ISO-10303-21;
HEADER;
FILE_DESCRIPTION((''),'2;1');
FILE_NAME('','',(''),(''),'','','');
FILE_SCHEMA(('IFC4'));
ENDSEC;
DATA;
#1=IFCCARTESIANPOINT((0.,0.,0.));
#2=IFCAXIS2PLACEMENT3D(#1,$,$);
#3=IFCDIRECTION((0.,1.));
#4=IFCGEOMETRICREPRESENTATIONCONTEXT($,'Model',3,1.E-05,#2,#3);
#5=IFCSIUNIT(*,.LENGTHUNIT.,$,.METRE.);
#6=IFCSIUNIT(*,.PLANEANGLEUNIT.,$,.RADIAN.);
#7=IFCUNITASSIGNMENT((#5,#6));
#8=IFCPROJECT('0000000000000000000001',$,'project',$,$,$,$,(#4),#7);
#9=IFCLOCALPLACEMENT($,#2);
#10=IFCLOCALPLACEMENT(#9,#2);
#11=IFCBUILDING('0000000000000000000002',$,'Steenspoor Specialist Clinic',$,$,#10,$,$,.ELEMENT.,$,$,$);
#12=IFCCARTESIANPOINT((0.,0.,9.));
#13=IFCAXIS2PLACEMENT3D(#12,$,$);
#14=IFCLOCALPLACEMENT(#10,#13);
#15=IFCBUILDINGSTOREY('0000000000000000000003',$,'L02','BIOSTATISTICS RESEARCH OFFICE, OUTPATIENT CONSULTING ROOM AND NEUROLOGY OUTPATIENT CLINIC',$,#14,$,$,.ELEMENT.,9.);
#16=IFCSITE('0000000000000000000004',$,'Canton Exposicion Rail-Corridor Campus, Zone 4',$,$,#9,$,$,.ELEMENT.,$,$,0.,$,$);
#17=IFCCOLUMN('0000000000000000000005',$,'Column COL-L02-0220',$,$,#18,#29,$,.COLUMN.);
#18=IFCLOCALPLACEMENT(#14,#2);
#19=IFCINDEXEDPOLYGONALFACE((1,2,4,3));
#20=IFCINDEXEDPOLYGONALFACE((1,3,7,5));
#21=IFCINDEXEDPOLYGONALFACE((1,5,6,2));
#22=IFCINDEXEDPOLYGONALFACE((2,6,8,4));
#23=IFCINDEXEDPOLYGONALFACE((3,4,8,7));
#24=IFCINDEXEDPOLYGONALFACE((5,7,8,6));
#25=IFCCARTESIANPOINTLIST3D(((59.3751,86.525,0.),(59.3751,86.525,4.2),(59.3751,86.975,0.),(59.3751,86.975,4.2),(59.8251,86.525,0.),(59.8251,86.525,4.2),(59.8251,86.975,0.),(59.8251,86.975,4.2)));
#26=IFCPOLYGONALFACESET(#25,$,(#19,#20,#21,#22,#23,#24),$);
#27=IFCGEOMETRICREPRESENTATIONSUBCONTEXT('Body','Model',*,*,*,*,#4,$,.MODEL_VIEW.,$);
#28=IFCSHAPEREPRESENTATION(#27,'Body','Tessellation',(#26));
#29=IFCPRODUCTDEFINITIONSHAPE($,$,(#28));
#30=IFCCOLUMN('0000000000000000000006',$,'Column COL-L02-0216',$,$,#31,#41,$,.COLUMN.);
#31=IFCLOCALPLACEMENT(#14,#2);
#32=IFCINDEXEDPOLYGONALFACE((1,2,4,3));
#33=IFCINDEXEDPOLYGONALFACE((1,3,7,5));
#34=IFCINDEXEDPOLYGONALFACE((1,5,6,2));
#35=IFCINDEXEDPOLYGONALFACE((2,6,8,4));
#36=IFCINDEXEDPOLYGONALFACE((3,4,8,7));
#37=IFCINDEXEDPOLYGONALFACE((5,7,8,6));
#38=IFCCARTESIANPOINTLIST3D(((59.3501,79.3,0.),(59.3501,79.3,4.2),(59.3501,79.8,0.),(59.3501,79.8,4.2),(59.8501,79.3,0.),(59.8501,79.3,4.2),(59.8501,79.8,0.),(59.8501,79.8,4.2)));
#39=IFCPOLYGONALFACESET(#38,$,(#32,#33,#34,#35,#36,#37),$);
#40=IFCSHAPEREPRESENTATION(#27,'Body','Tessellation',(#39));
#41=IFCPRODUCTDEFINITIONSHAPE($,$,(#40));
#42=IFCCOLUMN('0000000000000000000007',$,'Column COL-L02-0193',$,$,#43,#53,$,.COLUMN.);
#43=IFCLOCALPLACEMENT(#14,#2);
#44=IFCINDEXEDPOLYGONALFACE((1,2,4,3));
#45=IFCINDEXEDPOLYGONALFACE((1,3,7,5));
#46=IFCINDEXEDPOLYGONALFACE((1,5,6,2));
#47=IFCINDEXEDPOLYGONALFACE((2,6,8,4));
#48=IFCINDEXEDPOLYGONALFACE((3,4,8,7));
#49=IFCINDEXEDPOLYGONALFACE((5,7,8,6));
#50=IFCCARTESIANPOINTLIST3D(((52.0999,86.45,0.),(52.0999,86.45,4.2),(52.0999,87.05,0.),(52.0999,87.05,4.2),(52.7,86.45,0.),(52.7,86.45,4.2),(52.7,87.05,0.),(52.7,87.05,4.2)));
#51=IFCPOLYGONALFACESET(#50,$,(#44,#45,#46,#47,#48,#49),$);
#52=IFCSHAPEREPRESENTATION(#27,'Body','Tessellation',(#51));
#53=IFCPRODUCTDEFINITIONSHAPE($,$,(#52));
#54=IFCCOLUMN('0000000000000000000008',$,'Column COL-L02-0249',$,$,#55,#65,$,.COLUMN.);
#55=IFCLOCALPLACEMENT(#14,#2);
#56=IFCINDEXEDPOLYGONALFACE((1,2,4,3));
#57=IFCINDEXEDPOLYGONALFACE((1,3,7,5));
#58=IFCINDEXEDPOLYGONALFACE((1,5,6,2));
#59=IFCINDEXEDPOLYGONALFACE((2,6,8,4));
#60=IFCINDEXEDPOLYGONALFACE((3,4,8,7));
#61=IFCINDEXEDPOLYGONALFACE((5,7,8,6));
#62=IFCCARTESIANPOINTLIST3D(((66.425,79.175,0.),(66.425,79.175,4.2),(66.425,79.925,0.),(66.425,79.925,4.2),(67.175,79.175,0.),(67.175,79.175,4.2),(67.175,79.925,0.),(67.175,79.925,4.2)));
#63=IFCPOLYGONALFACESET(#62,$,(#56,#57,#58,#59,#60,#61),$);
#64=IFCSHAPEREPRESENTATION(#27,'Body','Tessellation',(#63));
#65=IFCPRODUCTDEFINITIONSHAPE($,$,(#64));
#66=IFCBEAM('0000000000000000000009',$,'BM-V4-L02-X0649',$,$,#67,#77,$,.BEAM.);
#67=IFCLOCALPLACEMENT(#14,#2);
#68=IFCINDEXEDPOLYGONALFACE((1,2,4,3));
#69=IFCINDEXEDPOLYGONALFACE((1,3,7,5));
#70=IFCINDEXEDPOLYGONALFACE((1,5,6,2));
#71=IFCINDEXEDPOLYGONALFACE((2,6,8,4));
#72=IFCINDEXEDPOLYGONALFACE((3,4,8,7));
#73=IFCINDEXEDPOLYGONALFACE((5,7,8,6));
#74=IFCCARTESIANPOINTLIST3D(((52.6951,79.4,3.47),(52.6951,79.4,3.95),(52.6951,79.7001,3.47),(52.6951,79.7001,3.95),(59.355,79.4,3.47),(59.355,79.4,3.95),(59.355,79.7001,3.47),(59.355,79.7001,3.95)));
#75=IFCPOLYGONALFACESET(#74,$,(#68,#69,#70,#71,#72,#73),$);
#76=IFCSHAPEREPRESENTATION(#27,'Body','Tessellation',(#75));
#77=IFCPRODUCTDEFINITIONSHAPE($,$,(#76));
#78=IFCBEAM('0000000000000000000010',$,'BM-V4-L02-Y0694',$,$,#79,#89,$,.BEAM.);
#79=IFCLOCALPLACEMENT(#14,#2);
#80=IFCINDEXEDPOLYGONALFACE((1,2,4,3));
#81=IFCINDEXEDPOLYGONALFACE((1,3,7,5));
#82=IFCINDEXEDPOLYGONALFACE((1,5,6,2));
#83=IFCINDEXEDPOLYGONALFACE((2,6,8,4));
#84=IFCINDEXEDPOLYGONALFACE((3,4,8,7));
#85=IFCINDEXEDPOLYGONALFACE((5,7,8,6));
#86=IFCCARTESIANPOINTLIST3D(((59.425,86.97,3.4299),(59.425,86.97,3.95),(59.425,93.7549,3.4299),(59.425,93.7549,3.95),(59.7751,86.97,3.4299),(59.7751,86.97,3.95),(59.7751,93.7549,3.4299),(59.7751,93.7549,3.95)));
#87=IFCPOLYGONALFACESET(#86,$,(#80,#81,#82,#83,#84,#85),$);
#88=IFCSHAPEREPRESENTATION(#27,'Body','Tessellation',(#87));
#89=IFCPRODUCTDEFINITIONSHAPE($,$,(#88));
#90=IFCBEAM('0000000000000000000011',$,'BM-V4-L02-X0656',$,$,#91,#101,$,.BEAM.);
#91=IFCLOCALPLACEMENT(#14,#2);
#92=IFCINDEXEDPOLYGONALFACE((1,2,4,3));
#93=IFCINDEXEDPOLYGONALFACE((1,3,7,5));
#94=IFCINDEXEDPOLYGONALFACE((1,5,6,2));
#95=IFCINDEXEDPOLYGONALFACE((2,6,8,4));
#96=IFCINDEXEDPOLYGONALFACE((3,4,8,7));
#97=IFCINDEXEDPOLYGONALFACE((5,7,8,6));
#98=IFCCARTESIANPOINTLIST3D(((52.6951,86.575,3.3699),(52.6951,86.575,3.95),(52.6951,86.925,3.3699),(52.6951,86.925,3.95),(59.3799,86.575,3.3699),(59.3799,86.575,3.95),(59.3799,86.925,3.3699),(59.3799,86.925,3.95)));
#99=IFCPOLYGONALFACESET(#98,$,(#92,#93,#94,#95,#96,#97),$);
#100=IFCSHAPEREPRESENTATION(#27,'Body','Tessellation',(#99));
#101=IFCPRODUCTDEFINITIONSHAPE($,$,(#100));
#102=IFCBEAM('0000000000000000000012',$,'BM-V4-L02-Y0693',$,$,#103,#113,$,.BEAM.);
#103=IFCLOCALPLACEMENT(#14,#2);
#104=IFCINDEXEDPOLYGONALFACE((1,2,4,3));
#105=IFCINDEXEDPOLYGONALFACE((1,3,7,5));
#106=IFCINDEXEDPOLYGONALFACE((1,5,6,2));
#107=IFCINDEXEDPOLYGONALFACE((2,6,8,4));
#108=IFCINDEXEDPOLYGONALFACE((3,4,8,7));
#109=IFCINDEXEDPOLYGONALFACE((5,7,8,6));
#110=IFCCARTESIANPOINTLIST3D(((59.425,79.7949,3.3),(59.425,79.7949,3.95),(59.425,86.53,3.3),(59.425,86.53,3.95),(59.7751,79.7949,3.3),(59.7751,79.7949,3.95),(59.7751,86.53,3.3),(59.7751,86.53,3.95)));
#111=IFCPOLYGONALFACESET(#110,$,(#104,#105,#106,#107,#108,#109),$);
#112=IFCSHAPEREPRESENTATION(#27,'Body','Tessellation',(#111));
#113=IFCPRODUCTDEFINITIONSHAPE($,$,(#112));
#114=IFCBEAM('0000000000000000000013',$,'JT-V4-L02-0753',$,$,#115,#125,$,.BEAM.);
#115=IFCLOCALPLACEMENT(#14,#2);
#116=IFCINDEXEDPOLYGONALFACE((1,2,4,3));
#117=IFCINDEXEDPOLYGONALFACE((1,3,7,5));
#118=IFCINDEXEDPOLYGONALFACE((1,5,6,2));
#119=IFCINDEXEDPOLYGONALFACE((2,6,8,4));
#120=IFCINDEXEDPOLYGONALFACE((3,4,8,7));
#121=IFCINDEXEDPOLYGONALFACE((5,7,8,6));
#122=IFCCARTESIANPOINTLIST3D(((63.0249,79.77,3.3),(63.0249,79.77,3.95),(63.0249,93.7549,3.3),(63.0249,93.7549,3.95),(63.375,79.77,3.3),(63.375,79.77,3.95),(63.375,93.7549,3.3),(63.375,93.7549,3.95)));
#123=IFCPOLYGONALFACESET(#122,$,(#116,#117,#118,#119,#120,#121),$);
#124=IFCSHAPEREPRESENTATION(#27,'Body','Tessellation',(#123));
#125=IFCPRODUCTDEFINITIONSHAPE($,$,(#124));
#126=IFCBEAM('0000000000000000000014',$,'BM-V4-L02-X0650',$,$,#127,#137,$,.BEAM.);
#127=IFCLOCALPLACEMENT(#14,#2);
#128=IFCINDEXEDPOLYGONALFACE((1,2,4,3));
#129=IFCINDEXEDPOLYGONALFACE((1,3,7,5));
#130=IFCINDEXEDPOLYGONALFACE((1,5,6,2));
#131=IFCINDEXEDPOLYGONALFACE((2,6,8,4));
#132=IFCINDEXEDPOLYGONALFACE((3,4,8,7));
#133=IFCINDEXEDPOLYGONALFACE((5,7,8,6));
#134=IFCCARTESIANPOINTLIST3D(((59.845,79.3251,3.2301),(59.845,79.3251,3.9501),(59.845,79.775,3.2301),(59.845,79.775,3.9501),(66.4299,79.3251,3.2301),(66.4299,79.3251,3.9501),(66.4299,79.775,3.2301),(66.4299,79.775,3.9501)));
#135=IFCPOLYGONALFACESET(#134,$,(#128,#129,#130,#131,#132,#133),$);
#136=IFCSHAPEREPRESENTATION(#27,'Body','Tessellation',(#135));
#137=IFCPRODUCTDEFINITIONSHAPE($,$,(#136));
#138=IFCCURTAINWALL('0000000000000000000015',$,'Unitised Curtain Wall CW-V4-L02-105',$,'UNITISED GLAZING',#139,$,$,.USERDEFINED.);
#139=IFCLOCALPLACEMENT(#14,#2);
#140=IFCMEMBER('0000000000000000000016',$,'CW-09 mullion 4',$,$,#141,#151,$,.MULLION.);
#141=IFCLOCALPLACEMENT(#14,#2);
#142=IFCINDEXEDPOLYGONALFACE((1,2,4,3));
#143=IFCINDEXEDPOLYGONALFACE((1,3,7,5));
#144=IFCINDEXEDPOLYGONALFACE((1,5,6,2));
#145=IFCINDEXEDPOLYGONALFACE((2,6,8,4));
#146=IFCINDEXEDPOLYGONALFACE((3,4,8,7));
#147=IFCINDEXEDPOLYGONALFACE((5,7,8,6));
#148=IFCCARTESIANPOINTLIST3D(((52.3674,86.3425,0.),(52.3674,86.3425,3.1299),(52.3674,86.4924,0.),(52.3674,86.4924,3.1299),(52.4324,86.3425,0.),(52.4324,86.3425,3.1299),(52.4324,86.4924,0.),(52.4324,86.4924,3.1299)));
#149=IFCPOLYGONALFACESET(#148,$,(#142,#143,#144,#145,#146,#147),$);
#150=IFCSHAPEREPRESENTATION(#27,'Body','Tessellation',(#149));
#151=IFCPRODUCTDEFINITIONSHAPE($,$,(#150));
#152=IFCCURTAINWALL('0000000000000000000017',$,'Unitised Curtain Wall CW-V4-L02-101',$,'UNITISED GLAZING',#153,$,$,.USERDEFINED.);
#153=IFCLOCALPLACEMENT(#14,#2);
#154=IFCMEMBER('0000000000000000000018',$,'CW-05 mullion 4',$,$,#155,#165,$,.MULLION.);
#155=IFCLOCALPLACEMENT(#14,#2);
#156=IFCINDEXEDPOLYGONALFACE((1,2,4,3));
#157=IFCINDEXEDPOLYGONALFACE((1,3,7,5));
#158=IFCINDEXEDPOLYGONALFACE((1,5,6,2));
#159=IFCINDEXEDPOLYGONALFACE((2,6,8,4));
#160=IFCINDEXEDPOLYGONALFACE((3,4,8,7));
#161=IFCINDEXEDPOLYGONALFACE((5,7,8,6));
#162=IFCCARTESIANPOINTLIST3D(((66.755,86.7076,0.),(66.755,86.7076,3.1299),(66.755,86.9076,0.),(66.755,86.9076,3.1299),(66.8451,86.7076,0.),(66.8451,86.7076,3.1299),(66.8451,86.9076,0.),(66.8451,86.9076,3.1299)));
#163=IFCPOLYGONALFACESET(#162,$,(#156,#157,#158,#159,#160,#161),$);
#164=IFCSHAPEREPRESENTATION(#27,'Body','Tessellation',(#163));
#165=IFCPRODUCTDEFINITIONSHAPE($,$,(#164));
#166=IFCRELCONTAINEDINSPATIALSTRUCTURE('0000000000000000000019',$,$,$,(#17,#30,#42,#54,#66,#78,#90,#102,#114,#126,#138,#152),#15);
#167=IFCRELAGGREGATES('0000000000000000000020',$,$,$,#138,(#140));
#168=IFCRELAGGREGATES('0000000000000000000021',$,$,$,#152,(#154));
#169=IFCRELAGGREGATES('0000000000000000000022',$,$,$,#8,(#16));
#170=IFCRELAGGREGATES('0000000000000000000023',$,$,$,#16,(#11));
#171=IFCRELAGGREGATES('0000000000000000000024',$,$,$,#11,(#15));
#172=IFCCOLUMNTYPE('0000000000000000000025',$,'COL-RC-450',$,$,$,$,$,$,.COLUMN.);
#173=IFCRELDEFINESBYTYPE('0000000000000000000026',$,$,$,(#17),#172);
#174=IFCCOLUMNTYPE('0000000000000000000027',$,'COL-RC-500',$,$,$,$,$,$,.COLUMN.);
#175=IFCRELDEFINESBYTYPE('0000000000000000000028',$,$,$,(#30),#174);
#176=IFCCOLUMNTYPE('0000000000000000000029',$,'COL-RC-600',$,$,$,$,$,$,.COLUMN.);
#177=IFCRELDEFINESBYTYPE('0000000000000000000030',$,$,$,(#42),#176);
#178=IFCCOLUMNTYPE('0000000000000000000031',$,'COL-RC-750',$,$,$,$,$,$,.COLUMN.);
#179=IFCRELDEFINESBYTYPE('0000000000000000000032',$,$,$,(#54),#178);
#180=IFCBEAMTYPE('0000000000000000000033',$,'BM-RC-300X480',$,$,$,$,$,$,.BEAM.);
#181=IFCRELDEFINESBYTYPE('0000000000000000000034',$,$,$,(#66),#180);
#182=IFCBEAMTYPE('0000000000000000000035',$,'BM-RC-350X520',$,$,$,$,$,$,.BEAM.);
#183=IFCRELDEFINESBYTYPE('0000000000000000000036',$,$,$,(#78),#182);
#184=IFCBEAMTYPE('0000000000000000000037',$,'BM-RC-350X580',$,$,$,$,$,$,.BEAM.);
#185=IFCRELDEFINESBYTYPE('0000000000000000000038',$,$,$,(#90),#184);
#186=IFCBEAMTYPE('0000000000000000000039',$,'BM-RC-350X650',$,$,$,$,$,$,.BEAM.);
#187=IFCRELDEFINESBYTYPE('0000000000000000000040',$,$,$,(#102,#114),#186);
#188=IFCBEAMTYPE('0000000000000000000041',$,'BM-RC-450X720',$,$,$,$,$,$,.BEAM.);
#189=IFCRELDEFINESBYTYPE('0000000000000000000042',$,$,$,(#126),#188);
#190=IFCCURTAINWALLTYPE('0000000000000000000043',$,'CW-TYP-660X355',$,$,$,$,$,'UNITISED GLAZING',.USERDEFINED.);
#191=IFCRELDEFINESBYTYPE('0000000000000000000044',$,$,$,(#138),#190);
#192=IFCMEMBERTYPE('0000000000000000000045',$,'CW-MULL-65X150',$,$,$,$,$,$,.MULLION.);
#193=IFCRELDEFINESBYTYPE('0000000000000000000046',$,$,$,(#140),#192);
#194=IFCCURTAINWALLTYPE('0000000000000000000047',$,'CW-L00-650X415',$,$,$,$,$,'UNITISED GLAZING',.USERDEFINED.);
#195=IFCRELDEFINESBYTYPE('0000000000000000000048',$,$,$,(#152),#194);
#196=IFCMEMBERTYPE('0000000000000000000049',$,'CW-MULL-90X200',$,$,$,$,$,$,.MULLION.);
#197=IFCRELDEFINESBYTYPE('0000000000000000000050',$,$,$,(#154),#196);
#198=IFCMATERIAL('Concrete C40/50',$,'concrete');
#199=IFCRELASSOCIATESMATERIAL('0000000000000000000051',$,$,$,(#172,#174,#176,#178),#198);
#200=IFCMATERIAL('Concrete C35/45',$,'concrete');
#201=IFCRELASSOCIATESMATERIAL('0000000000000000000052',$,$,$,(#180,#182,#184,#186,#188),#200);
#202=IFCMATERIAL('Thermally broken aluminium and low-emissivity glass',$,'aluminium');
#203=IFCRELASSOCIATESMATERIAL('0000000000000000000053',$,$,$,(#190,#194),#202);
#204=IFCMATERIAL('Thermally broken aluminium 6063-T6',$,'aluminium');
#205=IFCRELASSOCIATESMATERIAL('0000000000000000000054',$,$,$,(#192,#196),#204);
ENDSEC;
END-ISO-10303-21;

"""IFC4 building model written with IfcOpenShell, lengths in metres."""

from ifc_helpers import new_model, si_unit, direction, frame, origin, origin_2d, place, context, subcontext, project, spatial, rectangle, extrude, material, material_profile, profile_set, type_object, element, aggregate, save


model = new_model("IFC4")

# Units and contexts
model_context = context("Model", 3, precision=1e-05, world=origin(), true_north=direction((0.0, 1.0)))
body_context = subcontext(model_context, "Body", "Model", "MODEL_VIEW")
ifc_project = project(units=[si_unit("LENGTHUNIT", "METRE"), si_unit("PLANEANGLEUNIT", "RADIAN")], contexts=[model_context])

# Site, building, storey
site_placement = place(None, origin())
site = spatial("IfcSite", under=ifc_project, at=site_placement, Name="Canton Exposicion Rail-Corridor Campus, Zone 4", CompositionType="ELEMENT", RefElevation=0.0)
building_placement = place(site_placement, origin())
building = spatial("IfcBuilding", under=site, at=building_placement, Name="Steenspoor Specialist Clinic", CompositionType="ELEMENT")
storey_placement = place(building_placement, frame((0.0, 0.0, 9.0)))
storey = spatial("IfcBuildingStorey", under=building, at=storey_placement, Name="L02", Description="BIOSTATISTICS RESEARCH OFFICE, OUTPATIENT CONSULTING ROOM AND NEUROLOGY OUTPATIENT CLINIC", CompositionType="ELEMENT", Elevation=9.0)

# Columns
ifc_material_1 = material(Name="Concrete C40/50", Category="concrete")
ifc_material_profile_1 = material_profile(ifc_material_1, rectangle(XDim=0.45, YDim=0.45, at=origin_2d()), Name="RC-COL-450X450")
ifc_profile_set_1 = profile_set([ifc_material_profile_1], Name="Concrete C40/50")
column_type_1 = type_object("IfcColumnType", Name="COL-RC-450", PredefinedType="COLUMN", material=ifc_profile_set_1)
column_1_placement = place(storey_placement, frame((59.6001, 86.75, 0.0), z_axis=(0.0, 0.0, 1.0), x_axis=(1.0, 0.0, 0.0)))
element("IfcColumn", 1, at=column_1_placement, inside=storey, type_object=column_type_1, Name="Column COL-L02-0220", PredefinedType="COLUMN", context=body_context, shape_type="SweptSolid", body=[
    extrude(rectangle(XDim=0.45, YDim=0.45, at=origin_2d()), origin(), (0.0, 0.0, 1.0), 4.2),
])
ifc_material_profile_2 = material_profile(ifc_material_1, rectangle(XDim=0.5, YDim=0.5, at=origin_2d()), Name="RC-COL-500X500")
ifc_profile_set_2 = profile_set([ifc_material_profile_2], Name="Concrete C40/50")
column_type_2 = type_object("IfcColumnType", Name="COL-RC-500", PredefinedType="COLUMN", material=ifc_profile_set_2)
column_2_placement = place(storey_placement, frame((59.6001, 79.55, 0.0), z_axis=(0.0, 0.0, 1.0), x_axis=(1.0, 0.0, 0.0)))
element("IfcColumn", 2, at=column_2_placement, inside=storey, type_object=column_type_2, Name="Column COL-L02-0216", PredefinedType="COLUMN", context=body_context, shape_type="SweptSolid", body=[
    extrude(rectangle(XDim=0.5, YDim=0.5, at=origin_2d()), origin(), (0.0, 0.0, 1.0), 4.2),
])
ifc_material_profile_3 = material_profile(ifc_material_1, rectangle(XDim=0.6001, YDim=0.6001, at=origin_2d()), Name="RC-COL-600X600")
ifc_profile_set_3 = profile_set([ifc_material_profile_3], Name="Concrete C40/50")
column_type_3 = type_object("IfcColumnType", Name="COL-RC-600", PredefinedType="COLUMN", material=ifc_profile_set_3)
column_3_placement = place(storey_placement, frame((52.3999, 86.75, 0.0), z_axis=(0.0, 0.0, 1.0), x_axis=(1.0, 0.0, 0.0)))
element("IfcColumn", 3, at=column_3_placement, inside=storey, type_object=column_type_3, Name="Column COL-L02-0193", PredefinedType="COLUMN", context=body_context, shape_type="SweptSolid", body=[
    extrude(rectangle(XDim=0.6001, YDim=0.6001, at=origin_2d()), origin(), (0.0, 0.0, 1.0), 4.2),
])
ifc_material_profile_4 = material_profile(ifc_material_1, rectangle(XDim=0.75, YDim=0.75, at=origin_2d()), Name="RC-COL-750X750")
ifc_profile_set_4 = profile_set([ifc_material_profile_4], Name="Concrete C40/50")
column_type_4 = type_object("IfcColumnType", Name="COL-RC-750", PredefinedType="COLUMN", material=ifc_profile_set_4)
column_4_placement = place(storey_placement, frame((66.8, 79.55, 0.0), z_axis=(0.0, 0.0, 1.0), x_axis=(1.0, 0.0, 0.0)))
element("IfcColumn", 4, at=column_4_placement, inside=storey, type_object=column_type_4, Name="Column COL-L02-0249", PredefinedType="COLUMN", context=body_context, shape_type="SweptSolid", body=[
    extrude(rectangle(XDim=0.75, YDim=0.75, at=origin_2d()), origin(), (0.0, 0.0, 1.0), 4.2),
])

# Beams
ifc_material_2 = material(Name="Concrete C35/45", Category="concrete")
ifc_material_profile_5 = material_profile(ifc_material_2, rectangle(XDim=0.3, YDim=0.48, at=origin_2d()), Name="RC-BM-300X480")
ifc_profile_set_5 = profile_set([ifc_material_profile_5], Name="Concrete C35/45")
beam_type_1 = type_object("IfcBeamType", Name="BM-RC-300X480", PredefinedType="BEAM", material=ifc_profile_set_5)
beam_1_placement = place(storey_placement, frame((52.6951, 79.55, 3.71), z_axis=(1.0, 0.0, 0.0), x_axis=(0.0, 1.0, 0.0)))
element("IfcBeam", 5, at=beam_1_placement, inside=storey, type_object=beam_type_1, Name="BM-V4-L02-X0649", PredefinedType="BEAM", context=body_context, shape_type="SweptSolid", body=[
    extrude(rectangle(XDim=0.3, YDim=0.48, at=origin_2d()), origin(), (0.0, 0.0, 1.0), 6.6599),
])
ifc_material_profile_6 = material_profile(ifc_material_2, rectangle(XDim=0.3501, YDim=0.52, at=origin_2d()), Name="RC-BM-350X520")
ifc_profile_set_6 = profile_set([ifc_material_profile_6], Name="Concrete C35/45")
beam_type_2 = type_object("IfcBeamType", Name="BM-RC-350X520", PredefinedType="BEAM", material=ifc_profile_set_6)
beam_2_placement = place(storey_placement, frame((59.6001, 86.97, 3.6899), z_axis=(0.0, 1.0, 0.0), x_axis=(-1.0, 0.0, 0.0)))
element("IfcBeam", 6, at=beam_2_placement, inside=storey, type_object=beam_type_2, Name="BM-V4-L02-Y0694", PredefinedType="BEAM", context=body_context, shape_type="SweptSolid", body=[
    extrude(rectangle(XDim=0.3501, YDim=0.52, at=origin_2d()), origin(), (0.0, 0.0, 1.0), 6.7849),
])
ifc_material_profile_7 = material_profile(ifc_material_2, rectangle(XDim=0.3501, YDim=0.5801, at=origin_2d()), Name="RC-BM-350X580")
ifc_profile_set_7 = profile_set([ifc_material_profile_7], Name="Concrete C35/45")
beam_type_3 = type_object("IfcBeamType", Name="BM-RC-350X580", PredefinedType="BEAM", material=ifc_profile_set_7)
beam_3_placement = place(storey_placement, frame((52.6951, 86.75, 3.6599), z_axis=(1.0, 0.0, 0.0), x_axis=(0.0, 1.0, 0.0)))
element("IfcBeam", 7, at=beam_3_placement, inside=storey, type_object=beam_type_3, Name="BM-V4-L02-X0656", PredefinedType="BEAM", context=body_context, shape_type="SweptSolid", body=[
    extrude(rectangle(XDim=0.3501, YDim=0.5801, at=origin_2d()), origin(), (0.0, 0.0, 1.0), 6.6848),
])
ifc_material_profile_8 = material_profile(ifc_material_2, rectangle(XDim=0.3501, YDim=0.6499, at=origin_2d()), Name="RC-BM-350X650")
ifc_profile_set_8 = profile_set([ifc_material_profile_8], Name="Concrete C35/45")
beam_type_4 = type_object("IfcBeamType", Name="BM-RC-350X650", PredefinedType="BEAM", material=ifc_profile_set_8)
beam_4_placement = place(storey_placement, frame((59.6001, 79.7949, 3.625), z_axis=(0.0, 1.0, 0.0), x_axis=(-1.0, 0.0, 0.0)))
element("IfcBeam", 8, at=beam_4_placement, inside=storey, type_object=beam_type_4, Name="BM-V4-L02-Y0693", PredefinedType="BEAM", context=body_context, shape_type="SweptSolid", body=[
    extrude(rectangle(XDim=0.3501, YDim=0.6499, at=origin_2d()), origin(), (0.0, 0.0, 1.0), 6.7351),
])
beam_5_placement = place(storey_placement, frame((63.2, 79.77, 3.625), z_axis=(0.0, 1.0, 0.0), x_axis=(-1.0, 0.0, 0.0)))
element("IfcBeam", 9, at=beam_5_placement, inside=storey, type_object=beam_type_4, Name="JT-V4-L02-0753", PredefinedType="BEAM", context=body_context, shape_type="SweptSolid", body=[
    extrude(rectangle(XDim=0.3501, YDim=0.6499, at=origin_2d()), origin(), (0.0, 0.0, 1.0), 13.9849),
])
ifc_material_profile_9 = material_profile(ifc_material_2, rectangle(XDim=0.45, YDim=0.72, at=origin_2d()), Name="RC-BM-450X720")
ifc_profile_set_9 = profile_set([ifc_material_profile_9], Name="Concrete C35/45")
beam_type_5 = type_object("IfcBeamType", Name="BM-RC-450X720", PredefinedType="BEAM", material=ifc_profile_set_9)
beam_6_placement = place(storey_placement, frame((59.845, 79.55, 3.5901), z_axis=(1.0, 0.0, 0.0), x_axis=(0.0, 1.0, 0.0)))
element("IfcBeam", 10, at=beam_6_placement, inside=storey, type_object=beam_type_5, Name="BM-V4-L02-X0650", PredefinedType="BEAM", context=body_context, shape_type="SweptSolid", body=[
    extrude(rectangle(XDim=0.45, YDim=0.72, at=origin_2d()), origin(), (0.0, 0.0, 1.0), 6.585),
])

# Curtain walls, members
ifc_material_3 = material(Name="Thermally broken aluminium and low-emissivity glass", Category="aluminium")
curtain_wall_type_1 = type_object("IfcCurtainWallType", Name="CW-TYP-660X355", ElementType="UNITISED GLAZING", PredefinedType="USERDEFINED", material=ifc_material_3)
curtain_wall_1_placement = place(storey_placement, origin())
curtain_wall_1 = element("IfcCurtainWall", 11, at=curtain_wall_1_placement, inside=storey, type_object=curtain_wall_type_1, Name="Unitised Curtain Wall CW-V4-L02-105", ObjectType="UNITISED GLAZING", PredefinedType="USERDEFINED")
ifc_material_4 = material(Name="Thermally broken aluminium 6063-T6", Category="aluminium")
ifc_material_profile_10 = material_profile(ifc_material_4, rectangle(XDim=0.0649, YDim=0.1499, at=origin_2d()), Name="CWM-65X150")
ifc_profile_set_10 = profile_set([ifc_material_profile_10], Name="Thermally broken aluminium 6063-T6")
member_type_1 = type_object("IfcMemberType", Name="CW-MULL-65X150", PredefinedType="MULLION", material=ifc_profile_set_10)
member_1_placement = place(storey_placement, frame((52.3999, 86.4175, 0.0), z_axis=(0.0, 0.0, 1.0), x_axis=(-1.0, 0.0, 0.0)))
member_1 = element("IfcMember", 12, at=member_1_placement, type_object=member_type_1, Name="CW-09 mullion 4", PredefinedType="MULLION", context=body_context, shape_type="SweptSolid", body=[
    extrude(rectangle(XDim=0.0649, YDim=0.1499, at=origin_2d()), origin(), (0.0, 0.0, 1.0), 3.1299),
])
curtain_wall_type_2 = type_object("IfcCurtainWallType", Name="CW-L00-650X415", ElementType="UNITISED GLAZING", PredefinedType="USERDEFINED", material=ifc_material_3)
curtain_wall_2_placement = place(storey_placement, origin())
curtain_wall_2 = element("IfcCurtainWall", 13, at=curtain_wall_2_placement, inside=storey, type_object=curtain_wall_type_2, Name="Unitised Curtain Wall CW-V4-L02-101", ObjectType="UNITISED GLAZING", PredefinedType="USERDEFINED")
ifc_material_profile_11 = material_profile(ifc_material_4, rectangle(XDim=0.0901, YDim=0.2, at=origin_2d()), Name="CWM-90X200")
ifc_profile_set_11 = profile_set([ifc_material_profile_11], Name="Thermally broken aluminium 6063-T6")
member_type_2 = type_object("IfcMemberType", Name="CW-MULL-90X200", PredefinedType="MULLION", material=ifc_profile_set_11)
member_2_placement = place(storey_placement, frame((66.8, 86.8076, 0.0), z_axis=(0.0, 0.0, 1.0), x_axis=(1.0, 0.0, 0.0)))
member_2 = element("IfcMember", 14, at=member_2_placement, type_object=member_type_2, Name="CW-05 mullion 4", PredefinedType="MULLION", context=body_context, shape_type="SweptSolid", body=[
    extrude(rectangle(XDim=0.0901, YDim=0.2, at=origin_2d()), origin(), (0.0, 0.0, 1.0), 3.1299),
])

aggregate(curtain_wall_1, [member_1])
aggregate(curtain_wall_2, [member_2])

save(model, "model.ifc")
